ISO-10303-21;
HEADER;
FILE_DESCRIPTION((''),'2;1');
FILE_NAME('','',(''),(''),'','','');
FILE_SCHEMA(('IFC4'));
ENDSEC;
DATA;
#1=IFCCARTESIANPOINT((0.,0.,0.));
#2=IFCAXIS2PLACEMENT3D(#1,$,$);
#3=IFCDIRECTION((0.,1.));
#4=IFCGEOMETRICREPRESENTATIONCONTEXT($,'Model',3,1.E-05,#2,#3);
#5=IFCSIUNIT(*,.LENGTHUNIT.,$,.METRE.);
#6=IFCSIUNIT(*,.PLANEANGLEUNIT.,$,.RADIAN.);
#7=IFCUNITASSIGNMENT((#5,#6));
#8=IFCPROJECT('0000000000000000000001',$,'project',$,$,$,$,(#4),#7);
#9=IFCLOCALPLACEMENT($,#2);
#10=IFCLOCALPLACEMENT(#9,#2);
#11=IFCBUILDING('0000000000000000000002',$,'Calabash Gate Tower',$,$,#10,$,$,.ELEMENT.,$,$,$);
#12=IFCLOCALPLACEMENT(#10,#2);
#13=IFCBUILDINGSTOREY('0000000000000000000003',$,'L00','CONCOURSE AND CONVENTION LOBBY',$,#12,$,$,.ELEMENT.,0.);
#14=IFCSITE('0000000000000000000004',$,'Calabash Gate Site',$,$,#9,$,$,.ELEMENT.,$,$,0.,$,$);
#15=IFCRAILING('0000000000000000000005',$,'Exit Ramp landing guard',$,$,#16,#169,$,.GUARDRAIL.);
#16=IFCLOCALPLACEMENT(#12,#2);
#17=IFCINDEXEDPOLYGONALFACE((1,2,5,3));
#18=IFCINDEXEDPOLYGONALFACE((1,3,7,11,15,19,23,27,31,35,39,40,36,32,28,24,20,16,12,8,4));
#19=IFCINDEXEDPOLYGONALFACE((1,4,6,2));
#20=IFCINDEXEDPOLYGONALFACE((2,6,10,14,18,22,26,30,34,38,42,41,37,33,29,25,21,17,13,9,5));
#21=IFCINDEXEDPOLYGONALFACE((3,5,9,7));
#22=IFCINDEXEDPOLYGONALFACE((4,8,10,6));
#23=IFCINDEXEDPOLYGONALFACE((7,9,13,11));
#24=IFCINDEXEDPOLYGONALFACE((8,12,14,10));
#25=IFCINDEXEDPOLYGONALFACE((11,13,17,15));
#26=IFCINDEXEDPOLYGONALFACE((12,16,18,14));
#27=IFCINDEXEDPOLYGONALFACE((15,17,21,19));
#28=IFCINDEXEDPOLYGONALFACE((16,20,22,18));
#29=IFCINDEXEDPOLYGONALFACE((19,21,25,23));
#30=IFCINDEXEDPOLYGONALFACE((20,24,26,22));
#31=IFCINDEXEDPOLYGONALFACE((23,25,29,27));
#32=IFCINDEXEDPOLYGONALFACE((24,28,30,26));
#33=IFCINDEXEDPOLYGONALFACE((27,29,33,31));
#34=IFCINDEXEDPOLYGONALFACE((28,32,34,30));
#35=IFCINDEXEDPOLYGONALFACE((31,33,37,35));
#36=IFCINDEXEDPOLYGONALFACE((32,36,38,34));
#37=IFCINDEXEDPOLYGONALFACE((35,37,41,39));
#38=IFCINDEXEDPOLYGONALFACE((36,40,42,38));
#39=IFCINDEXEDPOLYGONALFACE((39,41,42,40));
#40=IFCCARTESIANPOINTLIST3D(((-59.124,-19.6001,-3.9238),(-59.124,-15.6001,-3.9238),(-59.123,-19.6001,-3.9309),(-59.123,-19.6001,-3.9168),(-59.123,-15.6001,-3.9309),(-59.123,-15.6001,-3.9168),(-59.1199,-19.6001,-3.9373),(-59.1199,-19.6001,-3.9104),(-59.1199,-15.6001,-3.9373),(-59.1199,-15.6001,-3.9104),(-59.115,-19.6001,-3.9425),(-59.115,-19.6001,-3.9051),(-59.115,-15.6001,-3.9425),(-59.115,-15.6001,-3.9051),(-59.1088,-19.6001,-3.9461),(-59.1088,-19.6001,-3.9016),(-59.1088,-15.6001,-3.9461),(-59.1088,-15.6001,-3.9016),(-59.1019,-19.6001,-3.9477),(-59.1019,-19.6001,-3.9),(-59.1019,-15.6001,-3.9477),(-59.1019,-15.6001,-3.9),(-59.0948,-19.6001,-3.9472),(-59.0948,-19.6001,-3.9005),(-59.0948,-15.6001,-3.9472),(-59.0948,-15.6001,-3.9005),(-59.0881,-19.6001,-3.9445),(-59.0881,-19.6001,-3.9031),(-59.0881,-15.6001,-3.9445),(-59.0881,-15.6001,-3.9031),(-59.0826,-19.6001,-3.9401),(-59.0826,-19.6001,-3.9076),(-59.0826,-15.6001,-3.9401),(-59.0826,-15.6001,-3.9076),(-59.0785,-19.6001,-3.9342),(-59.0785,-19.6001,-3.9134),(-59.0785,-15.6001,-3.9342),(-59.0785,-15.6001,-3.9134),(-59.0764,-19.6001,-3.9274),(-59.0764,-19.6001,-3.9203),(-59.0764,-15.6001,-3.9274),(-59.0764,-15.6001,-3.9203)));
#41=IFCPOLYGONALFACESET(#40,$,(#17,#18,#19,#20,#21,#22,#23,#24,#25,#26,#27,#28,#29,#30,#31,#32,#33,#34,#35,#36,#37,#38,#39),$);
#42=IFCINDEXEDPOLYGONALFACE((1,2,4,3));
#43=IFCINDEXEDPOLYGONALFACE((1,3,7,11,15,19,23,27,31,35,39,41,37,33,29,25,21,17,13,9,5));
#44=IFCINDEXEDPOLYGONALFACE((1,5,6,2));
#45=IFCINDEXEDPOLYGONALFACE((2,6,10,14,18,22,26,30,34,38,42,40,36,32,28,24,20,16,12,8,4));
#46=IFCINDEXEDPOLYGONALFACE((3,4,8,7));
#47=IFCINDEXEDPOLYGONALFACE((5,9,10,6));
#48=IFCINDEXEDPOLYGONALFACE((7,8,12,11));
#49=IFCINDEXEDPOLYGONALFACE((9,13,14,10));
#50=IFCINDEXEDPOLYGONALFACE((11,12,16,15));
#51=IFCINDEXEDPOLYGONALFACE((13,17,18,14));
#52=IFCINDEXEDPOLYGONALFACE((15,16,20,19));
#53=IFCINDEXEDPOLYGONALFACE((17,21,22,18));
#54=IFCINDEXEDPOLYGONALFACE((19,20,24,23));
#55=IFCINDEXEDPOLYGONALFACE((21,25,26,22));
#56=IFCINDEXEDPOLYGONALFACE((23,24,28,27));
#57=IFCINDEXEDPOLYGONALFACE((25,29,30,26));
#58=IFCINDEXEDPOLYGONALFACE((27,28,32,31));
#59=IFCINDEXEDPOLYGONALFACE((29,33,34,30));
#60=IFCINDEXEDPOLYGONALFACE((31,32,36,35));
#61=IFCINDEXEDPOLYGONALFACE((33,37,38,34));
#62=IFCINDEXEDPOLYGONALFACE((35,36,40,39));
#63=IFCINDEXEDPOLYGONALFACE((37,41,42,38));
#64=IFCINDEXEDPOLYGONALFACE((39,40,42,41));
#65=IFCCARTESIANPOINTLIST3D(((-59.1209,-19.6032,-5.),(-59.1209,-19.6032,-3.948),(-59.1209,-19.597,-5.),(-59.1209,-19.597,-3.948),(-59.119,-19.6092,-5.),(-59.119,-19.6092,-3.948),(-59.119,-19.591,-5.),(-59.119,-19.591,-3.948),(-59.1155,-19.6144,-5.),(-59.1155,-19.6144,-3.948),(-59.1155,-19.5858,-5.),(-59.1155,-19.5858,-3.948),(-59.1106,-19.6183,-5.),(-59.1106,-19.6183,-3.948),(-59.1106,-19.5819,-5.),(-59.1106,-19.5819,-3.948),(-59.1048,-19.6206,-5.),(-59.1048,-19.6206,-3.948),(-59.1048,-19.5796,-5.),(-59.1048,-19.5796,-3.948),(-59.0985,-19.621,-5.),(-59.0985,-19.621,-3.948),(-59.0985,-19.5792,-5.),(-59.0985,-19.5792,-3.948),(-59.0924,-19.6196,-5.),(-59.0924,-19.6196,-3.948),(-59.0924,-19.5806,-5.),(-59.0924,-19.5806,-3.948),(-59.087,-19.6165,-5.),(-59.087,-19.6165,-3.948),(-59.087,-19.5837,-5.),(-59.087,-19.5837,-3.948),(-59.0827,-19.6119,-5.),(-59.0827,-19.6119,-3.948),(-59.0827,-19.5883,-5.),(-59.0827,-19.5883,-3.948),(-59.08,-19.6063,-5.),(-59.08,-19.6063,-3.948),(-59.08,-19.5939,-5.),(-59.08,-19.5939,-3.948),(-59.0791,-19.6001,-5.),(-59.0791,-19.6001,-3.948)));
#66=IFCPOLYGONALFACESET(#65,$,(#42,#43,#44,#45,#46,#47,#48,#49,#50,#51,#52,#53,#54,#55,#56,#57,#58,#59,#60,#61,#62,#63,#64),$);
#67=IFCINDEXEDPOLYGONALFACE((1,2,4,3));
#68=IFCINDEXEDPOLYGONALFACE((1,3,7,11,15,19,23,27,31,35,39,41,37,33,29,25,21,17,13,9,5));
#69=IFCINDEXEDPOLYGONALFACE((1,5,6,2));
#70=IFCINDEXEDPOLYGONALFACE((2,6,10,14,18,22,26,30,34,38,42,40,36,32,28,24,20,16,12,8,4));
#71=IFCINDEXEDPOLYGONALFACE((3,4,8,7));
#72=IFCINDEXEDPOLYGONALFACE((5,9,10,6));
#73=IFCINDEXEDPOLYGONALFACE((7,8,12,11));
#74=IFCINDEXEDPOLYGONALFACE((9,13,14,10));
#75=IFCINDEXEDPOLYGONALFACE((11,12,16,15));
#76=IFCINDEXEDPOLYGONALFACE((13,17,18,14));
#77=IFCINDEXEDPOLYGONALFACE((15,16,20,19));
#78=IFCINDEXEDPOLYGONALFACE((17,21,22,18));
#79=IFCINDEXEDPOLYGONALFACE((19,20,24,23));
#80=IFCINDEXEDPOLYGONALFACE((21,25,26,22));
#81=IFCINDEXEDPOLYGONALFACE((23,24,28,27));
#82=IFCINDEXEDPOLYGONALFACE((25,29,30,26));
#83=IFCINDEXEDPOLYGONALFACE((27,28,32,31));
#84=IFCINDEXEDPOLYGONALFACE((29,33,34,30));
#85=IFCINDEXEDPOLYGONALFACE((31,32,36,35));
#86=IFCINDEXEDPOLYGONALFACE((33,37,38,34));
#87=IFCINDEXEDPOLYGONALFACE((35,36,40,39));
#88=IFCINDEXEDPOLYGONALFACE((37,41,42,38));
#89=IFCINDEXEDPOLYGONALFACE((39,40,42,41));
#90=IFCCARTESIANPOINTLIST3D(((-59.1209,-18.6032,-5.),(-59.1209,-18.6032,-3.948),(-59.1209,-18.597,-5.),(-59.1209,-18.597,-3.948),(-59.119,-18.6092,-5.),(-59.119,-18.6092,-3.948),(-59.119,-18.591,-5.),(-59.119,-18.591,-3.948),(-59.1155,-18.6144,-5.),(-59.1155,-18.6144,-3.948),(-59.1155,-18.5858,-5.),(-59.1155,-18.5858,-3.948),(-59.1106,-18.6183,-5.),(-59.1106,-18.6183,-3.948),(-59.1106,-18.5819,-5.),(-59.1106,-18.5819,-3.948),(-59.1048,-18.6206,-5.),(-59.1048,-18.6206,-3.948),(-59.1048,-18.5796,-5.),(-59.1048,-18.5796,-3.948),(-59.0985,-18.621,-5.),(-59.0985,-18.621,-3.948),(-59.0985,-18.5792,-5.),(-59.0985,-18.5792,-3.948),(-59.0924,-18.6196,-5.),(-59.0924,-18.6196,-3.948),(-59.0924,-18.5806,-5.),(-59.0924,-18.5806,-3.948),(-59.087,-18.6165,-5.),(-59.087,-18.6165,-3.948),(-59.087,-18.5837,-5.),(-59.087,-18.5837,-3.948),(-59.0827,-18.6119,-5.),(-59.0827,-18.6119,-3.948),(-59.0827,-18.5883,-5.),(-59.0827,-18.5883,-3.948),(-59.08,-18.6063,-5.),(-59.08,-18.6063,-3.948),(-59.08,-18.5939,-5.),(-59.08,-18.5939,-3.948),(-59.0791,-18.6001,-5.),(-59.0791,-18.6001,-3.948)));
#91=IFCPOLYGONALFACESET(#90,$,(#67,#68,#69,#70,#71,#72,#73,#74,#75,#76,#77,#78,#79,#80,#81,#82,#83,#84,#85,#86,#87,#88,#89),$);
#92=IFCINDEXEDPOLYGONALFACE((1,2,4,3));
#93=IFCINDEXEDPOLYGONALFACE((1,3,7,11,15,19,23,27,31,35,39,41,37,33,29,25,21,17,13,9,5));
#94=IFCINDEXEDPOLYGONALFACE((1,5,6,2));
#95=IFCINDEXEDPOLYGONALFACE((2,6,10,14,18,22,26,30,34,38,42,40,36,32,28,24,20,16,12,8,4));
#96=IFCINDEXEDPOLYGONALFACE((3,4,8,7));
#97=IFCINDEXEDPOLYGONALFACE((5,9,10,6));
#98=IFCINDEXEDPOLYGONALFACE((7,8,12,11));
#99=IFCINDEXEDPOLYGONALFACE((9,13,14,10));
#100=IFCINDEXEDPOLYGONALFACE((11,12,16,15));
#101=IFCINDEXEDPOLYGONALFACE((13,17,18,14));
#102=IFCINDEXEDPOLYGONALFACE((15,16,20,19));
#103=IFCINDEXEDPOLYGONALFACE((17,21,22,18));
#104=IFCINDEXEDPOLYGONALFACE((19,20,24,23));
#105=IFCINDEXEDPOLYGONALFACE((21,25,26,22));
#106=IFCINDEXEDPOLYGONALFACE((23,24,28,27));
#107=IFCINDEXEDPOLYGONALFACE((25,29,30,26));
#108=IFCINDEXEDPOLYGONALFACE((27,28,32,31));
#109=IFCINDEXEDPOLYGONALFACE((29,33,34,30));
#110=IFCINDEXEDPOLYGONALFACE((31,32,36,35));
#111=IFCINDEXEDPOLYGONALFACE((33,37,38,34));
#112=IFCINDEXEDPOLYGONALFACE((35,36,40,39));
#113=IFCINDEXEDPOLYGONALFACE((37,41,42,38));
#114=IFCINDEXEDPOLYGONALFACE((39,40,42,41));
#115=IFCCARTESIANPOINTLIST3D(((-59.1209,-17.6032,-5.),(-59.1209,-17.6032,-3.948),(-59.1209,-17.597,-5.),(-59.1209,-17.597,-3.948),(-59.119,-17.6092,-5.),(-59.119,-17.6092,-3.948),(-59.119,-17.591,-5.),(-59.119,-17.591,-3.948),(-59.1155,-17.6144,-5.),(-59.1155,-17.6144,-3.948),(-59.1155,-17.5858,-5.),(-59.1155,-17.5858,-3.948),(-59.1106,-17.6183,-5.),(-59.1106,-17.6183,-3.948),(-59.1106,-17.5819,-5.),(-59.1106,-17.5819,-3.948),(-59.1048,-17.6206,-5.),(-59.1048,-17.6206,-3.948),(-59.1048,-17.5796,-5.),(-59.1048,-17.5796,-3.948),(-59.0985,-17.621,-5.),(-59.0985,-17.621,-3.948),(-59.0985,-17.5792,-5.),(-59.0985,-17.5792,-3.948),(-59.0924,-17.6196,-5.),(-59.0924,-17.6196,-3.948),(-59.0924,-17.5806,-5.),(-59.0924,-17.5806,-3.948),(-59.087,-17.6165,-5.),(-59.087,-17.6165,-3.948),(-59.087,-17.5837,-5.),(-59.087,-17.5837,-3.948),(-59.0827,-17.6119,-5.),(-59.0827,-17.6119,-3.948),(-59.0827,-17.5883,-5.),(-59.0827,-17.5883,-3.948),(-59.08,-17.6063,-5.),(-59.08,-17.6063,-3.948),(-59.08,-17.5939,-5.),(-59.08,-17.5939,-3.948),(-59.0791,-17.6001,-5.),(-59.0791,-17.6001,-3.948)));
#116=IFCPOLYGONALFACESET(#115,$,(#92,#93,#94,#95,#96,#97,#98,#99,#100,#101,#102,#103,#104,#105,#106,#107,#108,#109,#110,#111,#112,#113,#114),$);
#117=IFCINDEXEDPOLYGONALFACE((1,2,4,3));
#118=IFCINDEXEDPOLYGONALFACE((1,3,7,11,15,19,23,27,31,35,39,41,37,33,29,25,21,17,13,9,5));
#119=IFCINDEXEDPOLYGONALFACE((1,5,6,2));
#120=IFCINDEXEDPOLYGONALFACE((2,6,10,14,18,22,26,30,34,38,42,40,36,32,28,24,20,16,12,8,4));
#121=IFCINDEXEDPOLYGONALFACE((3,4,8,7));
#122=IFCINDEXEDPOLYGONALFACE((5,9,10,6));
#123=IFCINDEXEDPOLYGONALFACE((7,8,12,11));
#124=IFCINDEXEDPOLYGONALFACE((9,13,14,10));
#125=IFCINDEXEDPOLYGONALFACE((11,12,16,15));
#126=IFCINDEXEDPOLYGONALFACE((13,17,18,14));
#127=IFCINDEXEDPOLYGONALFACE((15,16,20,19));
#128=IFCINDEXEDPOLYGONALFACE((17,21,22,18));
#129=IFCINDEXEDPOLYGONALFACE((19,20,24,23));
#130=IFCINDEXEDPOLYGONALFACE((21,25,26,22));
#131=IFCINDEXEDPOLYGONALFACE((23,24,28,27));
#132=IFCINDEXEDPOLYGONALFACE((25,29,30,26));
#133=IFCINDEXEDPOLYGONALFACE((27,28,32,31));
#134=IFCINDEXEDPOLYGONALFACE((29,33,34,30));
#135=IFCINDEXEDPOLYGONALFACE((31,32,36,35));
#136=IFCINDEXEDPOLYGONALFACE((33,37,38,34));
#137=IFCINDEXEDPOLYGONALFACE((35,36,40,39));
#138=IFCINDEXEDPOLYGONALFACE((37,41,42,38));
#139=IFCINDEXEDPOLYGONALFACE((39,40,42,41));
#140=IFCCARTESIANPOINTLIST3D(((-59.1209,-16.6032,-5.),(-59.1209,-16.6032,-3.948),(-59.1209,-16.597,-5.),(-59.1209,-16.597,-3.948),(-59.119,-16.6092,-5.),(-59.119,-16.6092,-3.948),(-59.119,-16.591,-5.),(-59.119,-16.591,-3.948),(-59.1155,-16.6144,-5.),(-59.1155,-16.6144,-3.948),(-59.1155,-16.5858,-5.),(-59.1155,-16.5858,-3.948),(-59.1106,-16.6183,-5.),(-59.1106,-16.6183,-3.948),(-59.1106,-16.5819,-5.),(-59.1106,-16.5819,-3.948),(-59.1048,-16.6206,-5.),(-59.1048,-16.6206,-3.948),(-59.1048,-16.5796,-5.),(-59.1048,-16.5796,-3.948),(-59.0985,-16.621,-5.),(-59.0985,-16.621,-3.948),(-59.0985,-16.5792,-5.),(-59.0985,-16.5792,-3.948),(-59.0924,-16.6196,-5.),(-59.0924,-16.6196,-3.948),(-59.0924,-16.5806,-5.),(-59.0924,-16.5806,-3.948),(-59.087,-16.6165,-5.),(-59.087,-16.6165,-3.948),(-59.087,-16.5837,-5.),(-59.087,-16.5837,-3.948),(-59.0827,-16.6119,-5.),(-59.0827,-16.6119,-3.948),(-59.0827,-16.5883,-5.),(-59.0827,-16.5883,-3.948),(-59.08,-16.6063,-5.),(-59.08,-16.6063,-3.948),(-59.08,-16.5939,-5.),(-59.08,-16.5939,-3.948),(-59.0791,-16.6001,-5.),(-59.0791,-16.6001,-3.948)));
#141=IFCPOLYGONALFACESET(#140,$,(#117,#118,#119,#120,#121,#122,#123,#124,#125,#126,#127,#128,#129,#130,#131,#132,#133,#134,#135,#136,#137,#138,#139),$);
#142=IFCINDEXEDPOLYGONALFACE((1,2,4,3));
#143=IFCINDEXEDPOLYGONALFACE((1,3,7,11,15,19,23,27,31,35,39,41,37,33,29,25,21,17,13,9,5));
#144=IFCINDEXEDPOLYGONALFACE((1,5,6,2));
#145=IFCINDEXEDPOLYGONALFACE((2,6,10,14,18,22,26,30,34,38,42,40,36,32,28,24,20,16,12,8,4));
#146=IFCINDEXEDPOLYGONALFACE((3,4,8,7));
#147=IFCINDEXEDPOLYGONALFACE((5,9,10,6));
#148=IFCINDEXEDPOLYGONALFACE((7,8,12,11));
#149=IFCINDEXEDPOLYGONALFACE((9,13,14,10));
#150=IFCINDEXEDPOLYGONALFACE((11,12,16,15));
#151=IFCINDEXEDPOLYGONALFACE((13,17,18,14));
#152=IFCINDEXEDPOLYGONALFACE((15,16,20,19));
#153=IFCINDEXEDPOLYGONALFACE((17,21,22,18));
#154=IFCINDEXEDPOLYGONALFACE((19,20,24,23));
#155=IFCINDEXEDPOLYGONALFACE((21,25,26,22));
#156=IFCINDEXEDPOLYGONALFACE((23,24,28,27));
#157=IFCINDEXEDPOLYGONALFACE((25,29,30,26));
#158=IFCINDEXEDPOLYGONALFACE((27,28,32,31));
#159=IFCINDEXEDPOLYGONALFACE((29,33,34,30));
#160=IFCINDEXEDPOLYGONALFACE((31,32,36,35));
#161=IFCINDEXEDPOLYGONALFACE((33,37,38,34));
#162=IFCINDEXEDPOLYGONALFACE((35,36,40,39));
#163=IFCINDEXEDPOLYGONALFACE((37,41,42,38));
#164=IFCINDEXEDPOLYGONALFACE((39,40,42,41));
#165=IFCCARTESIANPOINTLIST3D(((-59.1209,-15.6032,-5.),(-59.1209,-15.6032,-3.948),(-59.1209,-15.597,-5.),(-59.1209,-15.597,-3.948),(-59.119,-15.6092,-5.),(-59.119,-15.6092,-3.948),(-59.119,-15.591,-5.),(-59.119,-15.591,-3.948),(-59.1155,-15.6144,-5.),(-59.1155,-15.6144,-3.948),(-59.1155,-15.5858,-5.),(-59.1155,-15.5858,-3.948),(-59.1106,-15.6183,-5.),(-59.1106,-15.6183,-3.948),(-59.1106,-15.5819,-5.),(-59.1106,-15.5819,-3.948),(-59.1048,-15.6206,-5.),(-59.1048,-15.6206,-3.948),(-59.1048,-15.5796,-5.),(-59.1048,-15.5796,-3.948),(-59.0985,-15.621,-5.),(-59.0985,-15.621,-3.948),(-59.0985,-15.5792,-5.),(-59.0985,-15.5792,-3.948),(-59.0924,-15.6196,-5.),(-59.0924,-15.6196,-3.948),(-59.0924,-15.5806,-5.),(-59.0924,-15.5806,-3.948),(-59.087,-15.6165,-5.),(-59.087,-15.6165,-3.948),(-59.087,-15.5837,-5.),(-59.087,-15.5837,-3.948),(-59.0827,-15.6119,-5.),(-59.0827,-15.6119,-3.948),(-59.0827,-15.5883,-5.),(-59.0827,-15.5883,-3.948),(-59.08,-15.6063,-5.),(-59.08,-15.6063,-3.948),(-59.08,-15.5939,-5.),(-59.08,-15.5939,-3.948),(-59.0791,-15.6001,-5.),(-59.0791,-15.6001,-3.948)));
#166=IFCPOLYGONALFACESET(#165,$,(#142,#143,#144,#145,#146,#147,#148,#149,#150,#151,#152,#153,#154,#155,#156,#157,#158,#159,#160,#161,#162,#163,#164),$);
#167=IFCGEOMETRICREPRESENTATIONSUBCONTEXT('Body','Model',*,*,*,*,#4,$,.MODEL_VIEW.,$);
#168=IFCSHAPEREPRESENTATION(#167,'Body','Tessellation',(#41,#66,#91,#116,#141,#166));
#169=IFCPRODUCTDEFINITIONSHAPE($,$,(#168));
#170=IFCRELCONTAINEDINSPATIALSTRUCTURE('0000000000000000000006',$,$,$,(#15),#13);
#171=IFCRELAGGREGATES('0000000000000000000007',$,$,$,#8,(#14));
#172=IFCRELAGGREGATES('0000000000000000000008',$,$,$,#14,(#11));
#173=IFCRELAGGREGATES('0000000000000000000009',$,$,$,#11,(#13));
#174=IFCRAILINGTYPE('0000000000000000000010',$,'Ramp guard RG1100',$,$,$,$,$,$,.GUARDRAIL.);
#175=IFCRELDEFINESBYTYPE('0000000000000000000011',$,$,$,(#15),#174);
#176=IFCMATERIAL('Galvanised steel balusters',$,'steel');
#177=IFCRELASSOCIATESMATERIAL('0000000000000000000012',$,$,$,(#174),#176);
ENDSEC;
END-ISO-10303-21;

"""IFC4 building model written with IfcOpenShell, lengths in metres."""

from ifc_helpers import new_model, si_unit, direction, frame, origin, origin_2d, place, context, subcontext, project, spatial, circle, extrude, material, type_object, element, save


model = new_model("IFC4")

# Units and contexts
model_context = context("Model", 3, precision=1e-05, world=origin(), true_north=direction((0.0, 1.0)))
body_context = subcontext(model_context, "Body", "Model", "MODEL_VIEW")
ifc_project = project(units=[si_unit("LENGTHUNIT", "METRE"), si_unit("PLANEANGLEUNIT", "RADIAN")], contexts=[model_context])

# Site, building, storey
site_placement = place(None, origin())
site = spatial("IfcSite", under=ifc_project, at=site_placement, Name="Calabash Gate Site", CompositionType="ELEMENT", RefElevation=0.0)
building_placement = place(site_placement, origin())
building = spatial("IfcBuilding", under=site, at=building_placement, Name="Calabash Gate Tower", CompositionType="ELEMENT")
storey_placement = place(building_placement, origin())
storey = spatial("IfcBuildingStorey", under=building, at=storey_placement, Name="L00", Description="CONCOURSE AND CONVENTION LOBBY", CompositionType="ELEMENT", Elevation=0.0)

# Railing
ifc_material_1 = material(Name="Galvanised steel balusters", Category="steel")
railing_type = type_object("IfcRailingType", Name="Ramp guard RG1100", PredefinedType="GUARDRAIL", material=ifc_material_1)
railing_1_placement = place(storey_placement, frame((-59.1001, -19.6001, -5.0)))
element("IfcRailing", 1, at=railing_1_placement, inside=storey, type_object=railing_type, Name="Exit Ramp landing guard", PredefinedType="GUARDRAIL", context=body_context, shape_type="SweptSolid", body=[
    extrude(circle(Radius=0.0239, at=origin_2d()), frame((0.0, 0.0, 1.0762), z_axis=(0.0, 1.0, 0.0), x_axis=(-1.0, 0.0, 0.0)), (0.0, 0.0, 1.0), 4.0),
    extrude(circle(Radius=0.021, at=origin_2d()), origin(), (0.0, 0.0, 1.0), 1.052),
    extrude(circle(Radius=0.021, at=origin_2d()), frame((0.0, 1.0, 0.0)), (0.0, 0.0, 1.0), 1.052),
    extrude(circle(Radius=0.021, at=origin_2d()), frame((0.0, 2.0, 0.0)), (0.0, 0.0, 1.0), 1.052),
    extrude(circle(Radius=0.021, at=origin_2d()), frame((0.0, 3.0, 0.0)), (0.0, 0.0, 1.0), 1.052),
    extrude(circle(Radius=0.021, at=origin_2d()), frame((0.0, 4.0, 0.0)), (0.0, 0.0, 1.0), 1.052),
])

save(model, "model.ifc")
